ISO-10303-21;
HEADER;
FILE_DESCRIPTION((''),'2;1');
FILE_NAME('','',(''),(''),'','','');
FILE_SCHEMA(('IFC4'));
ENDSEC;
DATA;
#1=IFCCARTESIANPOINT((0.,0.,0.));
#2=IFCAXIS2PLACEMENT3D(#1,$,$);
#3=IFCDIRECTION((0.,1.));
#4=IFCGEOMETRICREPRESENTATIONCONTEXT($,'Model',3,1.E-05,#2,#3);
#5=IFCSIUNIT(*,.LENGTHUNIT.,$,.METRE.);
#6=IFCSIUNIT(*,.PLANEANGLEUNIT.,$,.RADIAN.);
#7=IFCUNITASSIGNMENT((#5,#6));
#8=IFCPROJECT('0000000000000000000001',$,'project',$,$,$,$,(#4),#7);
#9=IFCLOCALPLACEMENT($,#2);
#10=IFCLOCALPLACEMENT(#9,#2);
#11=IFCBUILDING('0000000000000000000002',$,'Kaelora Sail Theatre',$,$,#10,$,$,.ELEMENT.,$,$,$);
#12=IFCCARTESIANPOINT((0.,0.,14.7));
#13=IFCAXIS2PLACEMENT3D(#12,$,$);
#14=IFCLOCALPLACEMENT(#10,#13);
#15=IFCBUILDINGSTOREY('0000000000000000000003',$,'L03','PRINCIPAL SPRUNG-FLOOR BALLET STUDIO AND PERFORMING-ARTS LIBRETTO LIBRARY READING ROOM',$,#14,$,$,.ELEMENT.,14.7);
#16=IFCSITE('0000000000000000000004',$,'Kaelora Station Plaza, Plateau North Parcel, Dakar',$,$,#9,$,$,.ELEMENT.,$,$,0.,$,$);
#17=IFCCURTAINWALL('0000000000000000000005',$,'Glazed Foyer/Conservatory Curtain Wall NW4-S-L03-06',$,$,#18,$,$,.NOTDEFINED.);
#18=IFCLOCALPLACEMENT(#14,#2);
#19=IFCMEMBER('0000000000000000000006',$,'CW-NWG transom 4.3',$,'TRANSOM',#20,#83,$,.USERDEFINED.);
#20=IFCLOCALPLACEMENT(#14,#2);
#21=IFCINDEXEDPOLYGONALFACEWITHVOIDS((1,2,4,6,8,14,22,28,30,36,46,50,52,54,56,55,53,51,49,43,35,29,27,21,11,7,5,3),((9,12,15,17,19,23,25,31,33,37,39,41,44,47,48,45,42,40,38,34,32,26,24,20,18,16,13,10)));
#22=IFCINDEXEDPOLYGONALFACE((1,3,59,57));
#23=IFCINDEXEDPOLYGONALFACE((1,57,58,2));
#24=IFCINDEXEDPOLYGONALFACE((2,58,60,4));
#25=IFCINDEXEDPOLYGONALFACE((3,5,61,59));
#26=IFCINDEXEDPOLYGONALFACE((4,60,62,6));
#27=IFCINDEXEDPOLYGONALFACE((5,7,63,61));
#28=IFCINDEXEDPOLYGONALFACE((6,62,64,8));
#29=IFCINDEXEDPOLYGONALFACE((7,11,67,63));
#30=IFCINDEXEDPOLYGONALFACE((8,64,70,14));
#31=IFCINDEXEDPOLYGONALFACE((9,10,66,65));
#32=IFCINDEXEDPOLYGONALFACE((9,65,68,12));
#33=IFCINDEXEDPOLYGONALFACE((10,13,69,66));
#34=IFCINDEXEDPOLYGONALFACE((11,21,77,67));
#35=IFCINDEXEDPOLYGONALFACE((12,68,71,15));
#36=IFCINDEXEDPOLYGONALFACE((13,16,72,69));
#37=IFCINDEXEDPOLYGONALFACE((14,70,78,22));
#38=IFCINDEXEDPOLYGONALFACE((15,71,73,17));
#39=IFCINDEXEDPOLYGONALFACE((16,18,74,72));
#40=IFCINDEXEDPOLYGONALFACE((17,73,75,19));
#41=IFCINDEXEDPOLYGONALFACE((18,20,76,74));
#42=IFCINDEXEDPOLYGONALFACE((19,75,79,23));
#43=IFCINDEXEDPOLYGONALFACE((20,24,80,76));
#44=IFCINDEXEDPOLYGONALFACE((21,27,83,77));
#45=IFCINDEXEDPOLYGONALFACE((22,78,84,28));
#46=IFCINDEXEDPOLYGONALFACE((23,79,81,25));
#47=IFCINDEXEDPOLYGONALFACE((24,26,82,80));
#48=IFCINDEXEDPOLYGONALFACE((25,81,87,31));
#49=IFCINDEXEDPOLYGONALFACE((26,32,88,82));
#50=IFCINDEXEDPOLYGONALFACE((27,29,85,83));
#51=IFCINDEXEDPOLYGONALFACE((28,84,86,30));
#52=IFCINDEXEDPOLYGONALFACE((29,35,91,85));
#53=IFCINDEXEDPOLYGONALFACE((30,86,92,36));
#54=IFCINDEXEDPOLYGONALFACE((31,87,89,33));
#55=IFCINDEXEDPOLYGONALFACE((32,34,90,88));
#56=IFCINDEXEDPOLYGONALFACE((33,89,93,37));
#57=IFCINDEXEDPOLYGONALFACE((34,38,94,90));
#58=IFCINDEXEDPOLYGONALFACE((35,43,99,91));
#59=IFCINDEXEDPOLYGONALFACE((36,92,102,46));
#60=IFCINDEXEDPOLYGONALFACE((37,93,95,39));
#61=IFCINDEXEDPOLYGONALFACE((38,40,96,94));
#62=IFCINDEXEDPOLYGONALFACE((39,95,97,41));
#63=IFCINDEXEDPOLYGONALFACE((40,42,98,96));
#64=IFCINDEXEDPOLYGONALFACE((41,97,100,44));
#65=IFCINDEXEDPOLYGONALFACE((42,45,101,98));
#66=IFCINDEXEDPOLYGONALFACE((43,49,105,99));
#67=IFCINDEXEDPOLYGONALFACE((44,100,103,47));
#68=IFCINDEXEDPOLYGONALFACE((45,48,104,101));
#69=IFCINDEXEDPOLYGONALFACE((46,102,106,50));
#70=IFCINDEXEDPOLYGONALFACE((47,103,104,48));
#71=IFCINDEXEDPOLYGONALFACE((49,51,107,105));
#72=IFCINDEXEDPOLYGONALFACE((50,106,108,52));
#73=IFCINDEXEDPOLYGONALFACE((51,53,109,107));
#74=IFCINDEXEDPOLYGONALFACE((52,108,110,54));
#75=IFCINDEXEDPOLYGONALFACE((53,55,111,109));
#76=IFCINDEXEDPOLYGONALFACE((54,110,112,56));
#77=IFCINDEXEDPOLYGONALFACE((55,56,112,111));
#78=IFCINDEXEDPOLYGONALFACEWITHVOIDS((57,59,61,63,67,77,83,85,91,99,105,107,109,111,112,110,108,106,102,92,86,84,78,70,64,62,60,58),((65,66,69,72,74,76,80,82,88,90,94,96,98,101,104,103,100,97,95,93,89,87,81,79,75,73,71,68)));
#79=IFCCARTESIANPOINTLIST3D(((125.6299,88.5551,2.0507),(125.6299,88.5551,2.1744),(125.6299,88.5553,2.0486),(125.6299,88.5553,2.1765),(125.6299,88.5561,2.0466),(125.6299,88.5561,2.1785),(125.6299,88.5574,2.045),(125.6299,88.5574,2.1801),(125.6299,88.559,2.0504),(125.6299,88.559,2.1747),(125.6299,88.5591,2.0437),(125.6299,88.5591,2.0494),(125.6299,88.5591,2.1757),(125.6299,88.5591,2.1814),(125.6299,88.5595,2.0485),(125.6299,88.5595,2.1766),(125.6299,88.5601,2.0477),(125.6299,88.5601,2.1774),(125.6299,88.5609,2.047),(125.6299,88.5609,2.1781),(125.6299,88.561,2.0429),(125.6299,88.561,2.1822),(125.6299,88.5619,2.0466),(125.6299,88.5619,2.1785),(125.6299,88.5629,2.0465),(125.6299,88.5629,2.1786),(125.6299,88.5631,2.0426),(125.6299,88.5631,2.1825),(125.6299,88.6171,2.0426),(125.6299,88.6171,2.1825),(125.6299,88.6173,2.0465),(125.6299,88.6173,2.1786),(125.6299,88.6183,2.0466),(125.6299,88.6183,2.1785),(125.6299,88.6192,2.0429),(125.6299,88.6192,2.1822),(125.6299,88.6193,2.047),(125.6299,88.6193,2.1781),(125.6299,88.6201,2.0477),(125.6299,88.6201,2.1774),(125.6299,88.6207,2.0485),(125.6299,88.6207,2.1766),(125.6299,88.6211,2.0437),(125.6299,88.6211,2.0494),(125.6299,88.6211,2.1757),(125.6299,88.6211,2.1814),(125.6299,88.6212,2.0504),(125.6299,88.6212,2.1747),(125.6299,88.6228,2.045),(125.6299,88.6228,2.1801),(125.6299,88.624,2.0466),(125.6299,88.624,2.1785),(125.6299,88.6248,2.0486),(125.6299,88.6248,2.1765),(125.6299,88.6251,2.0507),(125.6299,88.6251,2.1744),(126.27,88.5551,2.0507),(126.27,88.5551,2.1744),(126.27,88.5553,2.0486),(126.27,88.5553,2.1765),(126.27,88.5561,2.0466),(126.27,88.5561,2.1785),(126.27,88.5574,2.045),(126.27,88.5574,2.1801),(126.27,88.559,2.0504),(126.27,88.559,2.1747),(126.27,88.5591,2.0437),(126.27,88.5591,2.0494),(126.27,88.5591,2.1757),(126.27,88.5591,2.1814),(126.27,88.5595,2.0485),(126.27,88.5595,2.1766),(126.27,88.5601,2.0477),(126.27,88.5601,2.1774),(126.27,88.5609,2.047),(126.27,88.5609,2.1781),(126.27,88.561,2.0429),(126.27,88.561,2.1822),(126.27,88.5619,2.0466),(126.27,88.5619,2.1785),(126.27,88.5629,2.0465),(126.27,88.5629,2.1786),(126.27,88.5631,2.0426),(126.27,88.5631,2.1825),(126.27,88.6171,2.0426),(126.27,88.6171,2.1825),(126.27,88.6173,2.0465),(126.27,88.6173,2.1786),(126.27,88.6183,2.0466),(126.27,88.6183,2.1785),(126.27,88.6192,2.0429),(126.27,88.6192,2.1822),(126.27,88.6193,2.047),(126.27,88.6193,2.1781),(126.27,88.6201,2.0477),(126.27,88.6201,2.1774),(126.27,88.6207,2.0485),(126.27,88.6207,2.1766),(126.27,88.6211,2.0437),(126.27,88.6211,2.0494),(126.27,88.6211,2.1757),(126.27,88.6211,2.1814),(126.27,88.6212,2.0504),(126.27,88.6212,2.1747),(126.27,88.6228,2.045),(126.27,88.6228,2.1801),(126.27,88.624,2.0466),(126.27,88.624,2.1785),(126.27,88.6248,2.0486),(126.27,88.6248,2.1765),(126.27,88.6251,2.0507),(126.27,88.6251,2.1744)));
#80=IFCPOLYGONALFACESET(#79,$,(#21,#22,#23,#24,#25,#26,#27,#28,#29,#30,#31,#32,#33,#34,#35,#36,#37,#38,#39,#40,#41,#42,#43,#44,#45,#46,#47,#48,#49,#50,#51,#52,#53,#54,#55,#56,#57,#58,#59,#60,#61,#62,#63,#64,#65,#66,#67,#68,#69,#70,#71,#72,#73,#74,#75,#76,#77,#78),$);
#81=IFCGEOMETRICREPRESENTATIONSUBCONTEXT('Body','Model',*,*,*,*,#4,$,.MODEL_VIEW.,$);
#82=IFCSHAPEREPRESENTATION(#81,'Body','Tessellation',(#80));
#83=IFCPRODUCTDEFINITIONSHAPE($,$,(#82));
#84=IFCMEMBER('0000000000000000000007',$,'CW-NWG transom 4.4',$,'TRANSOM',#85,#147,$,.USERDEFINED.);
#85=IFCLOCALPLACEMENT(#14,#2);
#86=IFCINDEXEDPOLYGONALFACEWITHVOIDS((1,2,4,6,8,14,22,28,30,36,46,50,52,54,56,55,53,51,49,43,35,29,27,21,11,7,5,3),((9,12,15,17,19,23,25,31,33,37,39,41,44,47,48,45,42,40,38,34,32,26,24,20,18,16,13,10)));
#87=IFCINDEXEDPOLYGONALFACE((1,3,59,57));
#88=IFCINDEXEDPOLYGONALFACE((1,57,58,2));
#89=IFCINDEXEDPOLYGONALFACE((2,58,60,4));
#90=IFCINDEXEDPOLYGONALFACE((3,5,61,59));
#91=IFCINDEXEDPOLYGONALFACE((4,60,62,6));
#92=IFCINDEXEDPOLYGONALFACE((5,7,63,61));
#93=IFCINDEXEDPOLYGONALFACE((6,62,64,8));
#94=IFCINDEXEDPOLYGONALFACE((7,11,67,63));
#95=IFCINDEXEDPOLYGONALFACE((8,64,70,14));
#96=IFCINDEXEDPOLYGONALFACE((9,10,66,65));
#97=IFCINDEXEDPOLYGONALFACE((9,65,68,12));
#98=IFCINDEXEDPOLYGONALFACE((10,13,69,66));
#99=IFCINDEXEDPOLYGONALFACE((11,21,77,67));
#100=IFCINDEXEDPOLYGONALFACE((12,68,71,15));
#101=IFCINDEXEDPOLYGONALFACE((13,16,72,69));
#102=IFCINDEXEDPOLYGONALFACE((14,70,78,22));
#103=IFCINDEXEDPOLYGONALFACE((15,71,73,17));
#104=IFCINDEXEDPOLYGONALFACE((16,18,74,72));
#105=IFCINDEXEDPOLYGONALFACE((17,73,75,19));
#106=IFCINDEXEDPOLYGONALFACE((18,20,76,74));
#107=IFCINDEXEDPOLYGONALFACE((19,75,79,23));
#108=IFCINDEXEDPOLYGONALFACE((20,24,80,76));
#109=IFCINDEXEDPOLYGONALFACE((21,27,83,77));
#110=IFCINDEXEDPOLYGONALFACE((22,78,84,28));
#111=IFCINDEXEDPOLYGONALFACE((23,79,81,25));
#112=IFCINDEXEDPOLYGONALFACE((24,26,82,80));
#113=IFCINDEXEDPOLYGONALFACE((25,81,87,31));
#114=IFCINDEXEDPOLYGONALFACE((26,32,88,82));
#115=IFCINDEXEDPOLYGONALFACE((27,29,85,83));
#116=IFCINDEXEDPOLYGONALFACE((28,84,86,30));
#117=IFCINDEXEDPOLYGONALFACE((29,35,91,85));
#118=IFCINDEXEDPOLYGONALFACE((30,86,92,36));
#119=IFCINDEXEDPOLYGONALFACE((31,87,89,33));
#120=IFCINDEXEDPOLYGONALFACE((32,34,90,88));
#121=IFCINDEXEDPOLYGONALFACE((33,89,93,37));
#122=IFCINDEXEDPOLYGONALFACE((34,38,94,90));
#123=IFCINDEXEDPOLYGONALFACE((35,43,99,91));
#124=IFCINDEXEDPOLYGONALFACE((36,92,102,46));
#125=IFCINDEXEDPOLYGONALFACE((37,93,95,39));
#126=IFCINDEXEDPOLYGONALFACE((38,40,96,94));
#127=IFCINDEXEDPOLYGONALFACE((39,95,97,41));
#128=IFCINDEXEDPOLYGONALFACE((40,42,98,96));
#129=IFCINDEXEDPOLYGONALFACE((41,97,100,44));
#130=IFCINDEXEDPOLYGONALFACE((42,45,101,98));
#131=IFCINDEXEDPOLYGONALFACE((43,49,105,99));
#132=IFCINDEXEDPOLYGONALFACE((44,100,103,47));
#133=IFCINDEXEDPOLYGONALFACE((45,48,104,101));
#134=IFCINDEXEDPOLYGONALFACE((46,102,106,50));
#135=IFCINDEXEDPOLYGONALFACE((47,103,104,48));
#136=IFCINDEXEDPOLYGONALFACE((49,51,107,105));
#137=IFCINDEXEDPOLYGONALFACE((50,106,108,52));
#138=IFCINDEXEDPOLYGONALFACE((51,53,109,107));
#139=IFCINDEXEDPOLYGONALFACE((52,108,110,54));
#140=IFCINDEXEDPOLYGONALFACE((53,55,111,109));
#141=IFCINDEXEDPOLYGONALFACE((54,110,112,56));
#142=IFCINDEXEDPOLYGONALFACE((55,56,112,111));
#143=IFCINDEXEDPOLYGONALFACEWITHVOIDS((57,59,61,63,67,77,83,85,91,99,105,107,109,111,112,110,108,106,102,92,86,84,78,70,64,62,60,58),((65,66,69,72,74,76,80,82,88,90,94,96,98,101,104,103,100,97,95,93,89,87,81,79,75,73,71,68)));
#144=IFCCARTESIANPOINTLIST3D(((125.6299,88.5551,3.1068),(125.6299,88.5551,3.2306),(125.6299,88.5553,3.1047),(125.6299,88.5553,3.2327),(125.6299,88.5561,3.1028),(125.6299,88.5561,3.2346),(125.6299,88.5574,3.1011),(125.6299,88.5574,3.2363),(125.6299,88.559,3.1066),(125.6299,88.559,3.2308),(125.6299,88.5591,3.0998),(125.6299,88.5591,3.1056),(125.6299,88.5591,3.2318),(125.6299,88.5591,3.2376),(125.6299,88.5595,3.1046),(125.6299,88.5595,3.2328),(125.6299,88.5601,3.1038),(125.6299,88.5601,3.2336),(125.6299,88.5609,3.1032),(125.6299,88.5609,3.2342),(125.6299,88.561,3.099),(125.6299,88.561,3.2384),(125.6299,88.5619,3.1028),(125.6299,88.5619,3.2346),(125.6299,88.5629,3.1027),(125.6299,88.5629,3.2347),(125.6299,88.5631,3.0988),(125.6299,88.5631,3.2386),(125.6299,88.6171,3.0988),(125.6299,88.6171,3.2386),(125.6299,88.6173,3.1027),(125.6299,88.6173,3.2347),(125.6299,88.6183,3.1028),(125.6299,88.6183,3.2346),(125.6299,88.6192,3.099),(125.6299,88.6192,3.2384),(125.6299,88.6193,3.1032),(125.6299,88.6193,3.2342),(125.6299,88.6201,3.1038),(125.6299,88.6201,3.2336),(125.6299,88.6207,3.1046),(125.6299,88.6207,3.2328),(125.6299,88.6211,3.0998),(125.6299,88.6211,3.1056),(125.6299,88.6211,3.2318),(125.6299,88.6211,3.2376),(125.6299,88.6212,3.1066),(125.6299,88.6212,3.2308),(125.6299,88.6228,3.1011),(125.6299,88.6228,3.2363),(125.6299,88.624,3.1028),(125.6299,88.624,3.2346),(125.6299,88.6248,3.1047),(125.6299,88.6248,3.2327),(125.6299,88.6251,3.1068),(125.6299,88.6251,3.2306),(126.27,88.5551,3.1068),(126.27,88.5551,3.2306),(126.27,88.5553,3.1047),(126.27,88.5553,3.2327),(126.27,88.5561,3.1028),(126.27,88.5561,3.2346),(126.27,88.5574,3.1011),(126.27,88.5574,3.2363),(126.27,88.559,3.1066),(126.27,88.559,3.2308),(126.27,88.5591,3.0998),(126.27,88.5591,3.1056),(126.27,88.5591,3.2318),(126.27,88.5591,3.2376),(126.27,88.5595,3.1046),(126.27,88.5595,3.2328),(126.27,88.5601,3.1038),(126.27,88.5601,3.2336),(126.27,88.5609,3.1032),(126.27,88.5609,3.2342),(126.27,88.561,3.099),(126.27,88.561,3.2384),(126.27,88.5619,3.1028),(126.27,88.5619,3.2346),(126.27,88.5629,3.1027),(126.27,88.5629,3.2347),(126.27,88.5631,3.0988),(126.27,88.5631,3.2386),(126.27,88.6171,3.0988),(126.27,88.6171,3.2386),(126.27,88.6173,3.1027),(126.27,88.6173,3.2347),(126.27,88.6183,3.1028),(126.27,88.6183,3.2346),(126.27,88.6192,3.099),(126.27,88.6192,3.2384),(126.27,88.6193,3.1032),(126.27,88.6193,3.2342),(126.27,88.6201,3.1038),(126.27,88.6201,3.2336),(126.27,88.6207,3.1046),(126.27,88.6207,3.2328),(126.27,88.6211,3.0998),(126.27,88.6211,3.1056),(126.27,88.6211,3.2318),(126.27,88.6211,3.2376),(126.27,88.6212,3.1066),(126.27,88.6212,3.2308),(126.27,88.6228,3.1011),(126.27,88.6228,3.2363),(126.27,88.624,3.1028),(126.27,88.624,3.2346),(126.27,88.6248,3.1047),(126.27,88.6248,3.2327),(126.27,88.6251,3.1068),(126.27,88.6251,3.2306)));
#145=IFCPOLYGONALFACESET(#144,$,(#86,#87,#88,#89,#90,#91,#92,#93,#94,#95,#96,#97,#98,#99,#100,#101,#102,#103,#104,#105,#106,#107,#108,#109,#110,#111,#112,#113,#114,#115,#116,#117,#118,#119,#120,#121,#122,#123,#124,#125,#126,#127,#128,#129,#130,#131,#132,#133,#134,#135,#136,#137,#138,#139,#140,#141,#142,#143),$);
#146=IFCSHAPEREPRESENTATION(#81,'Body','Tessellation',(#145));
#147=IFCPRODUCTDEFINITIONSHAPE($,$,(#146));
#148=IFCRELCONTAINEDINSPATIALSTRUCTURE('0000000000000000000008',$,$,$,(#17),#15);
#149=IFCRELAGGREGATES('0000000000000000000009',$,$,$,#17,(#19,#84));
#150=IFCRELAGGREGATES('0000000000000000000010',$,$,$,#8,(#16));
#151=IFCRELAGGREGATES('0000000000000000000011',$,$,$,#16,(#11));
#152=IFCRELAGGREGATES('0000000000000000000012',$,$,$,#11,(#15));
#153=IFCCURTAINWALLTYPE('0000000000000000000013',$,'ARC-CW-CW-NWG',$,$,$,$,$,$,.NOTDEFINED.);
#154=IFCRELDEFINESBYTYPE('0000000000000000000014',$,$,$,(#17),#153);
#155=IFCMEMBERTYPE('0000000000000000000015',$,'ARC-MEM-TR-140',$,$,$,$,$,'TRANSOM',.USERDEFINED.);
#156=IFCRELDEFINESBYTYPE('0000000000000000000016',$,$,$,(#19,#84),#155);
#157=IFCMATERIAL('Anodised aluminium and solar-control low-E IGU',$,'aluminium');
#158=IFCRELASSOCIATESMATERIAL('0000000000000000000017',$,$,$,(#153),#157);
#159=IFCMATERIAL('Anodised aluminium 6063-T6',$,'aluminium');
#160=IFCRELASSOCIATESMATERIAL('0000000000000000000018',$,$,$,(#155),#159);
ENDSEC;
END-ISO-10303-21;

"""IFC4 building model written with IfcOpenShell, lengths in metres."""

from ifc_helpers import new_model, si_unit, direction, frame, origin, origin_2d, place, context, subcontext, project, spatial, hollow_rectangle, extrude, material, material_profile, profile_set, type_object, element, aggregate, save


model = new_model("IFC4")

# Units and contexts
model_context = context("Model", 3, precision=1e-05, world=origin(), true_north=direction((0.0, 1.0)))
body_context = subcontext(model_context, "Body", "Model", "MODEL_VIEW")
ifc_project = project(units=[si_unit("LENGTHUNIT", "METRE"), si_unit("PLANEANGLEUNIT", "RADIAN")], contexts=[model_context])

# Site, building, storey
site_placement = place(None, origin())
site = spatial("IfcSite", under=ifc_project, at=site_placement, Name="Kaelora Station Plaza, Plateau North Parcel, Dakar", CompositionType="ELEMENT", RefElevation=0.0)
building_placement = place(site_placement, origin())
building = spatial("IfcBuilding", under=site, at=building_placement, Name="Kaelora Sail Theatre", CompositionType="ELEMENT")
storey_placement = place(building_placement, frame((0.0, 0.0, 14.7)))
storey = spatial("IfcBuildingStorey", under=building, at=storey_placement, Name="L03", Description="PRINCIPAL SPRUNG-FLOOR BALLET STUDIO AND PERFORMING-ARTS LIBRETTO LIBRARY READING ROOM", CompositionType="ELEMENT", Elevation=14.7)

# Curtain wall, members
ifc_material_1 = material(Name="Anodised aluminium and solar-control low-E IGU", Category="aluminium")
curtain_wall_type = type_object("IfcCurtainWallType", Name="ARC-CW-CW-NWG", PredefinedType="NOTDEFINED", material=ifc_material_1)
curtain_wall_placement = place(storey_placement, origin())
curtain_wall = element("IfcCurtainWall", 1, at=curtain_wall_placement, inside=storey, type_object=curtain_wall_type, Name="Glazed Foyer/Conservatory Curtain Wall NW4-S-L03-06", PredefinedType="NOTDEFINED")
ifc_material_2 = material(Name="Anodised aluminium 6063-T6", Category="aluminium")
ifc_material_profile_1 = material_profile(ifc_material_2, hollow_rectangle(XDim=0.0701, YDim=0.1399, WallThickness=0.0039, InnerFilletRadius=0.0039, OuterFilletRadius=0.0081, at=origin_2d()), Name="ALU-TRAN 70x140x4")
ifc_profile_set_1 = profile_set([ifc_material_profile_1], Name="Anodised aluminium 6063-T6")
member_type_1 = type_object("IfcMemberType", Name="ARC-MEM-TR-140", ElementType="TRANSOM", PredefinedType="USERDEFINED", material=ifc_profile_set_1)
member_1_placement = place(storey_placement, frame((125.6299, 88.5901, 2.1125), z_axis=(1.0, 0.0, 0.0), x_axis=(0.0, 1.0, 0.0)))
member_1 = element("IfcMember", 2, at=member_1_placement, type_object=member_type_1, Name="CW-NWG transom 4.3", ObjectType="TRANSOM", PredefinedType="USERDEFINED", context=body_context, shape_type="SweptSolid", body=[
    extrude(hollow_rectangle(XDim=0.0701, YDim=0.1399, WallThickness=0.0039, InnerFilletRadius=0.0039, OuterFilletRadius=0.0081, at=origin_2d()), origin(), (0.0, 0.0, 1.0), 0.6401),
])
member_2_placement = place(storey_placement, frame((125.6299, 88.5901, 3.1687), z_axis=(1.0, 0.0, 0.0), x_axis=(0.0, 1.0, 0.0)))
member_2 = element("IfcMember", 3, at=member_2_placement, type_object=member_type_1, Name="CW-NWG transom 4.4", ObjectType="TRANSOM", PredefinedType="USERDEFINED", context=body_context, shape_type="SweptSolid", body=[
    extrude(hollow_rectangle(XDim=0.0701, YDim=0.1399, WallThickness=0.0039, InnerFilletRadius=0.0039, OuterFilletRadius=0.0081, at=origin_2d()), origin(), (0.0, 0.0, 1.0), 0.6401),
])
aggregate(curtain_wall, [member_1, member_2])

save(model, "model.ifc")
